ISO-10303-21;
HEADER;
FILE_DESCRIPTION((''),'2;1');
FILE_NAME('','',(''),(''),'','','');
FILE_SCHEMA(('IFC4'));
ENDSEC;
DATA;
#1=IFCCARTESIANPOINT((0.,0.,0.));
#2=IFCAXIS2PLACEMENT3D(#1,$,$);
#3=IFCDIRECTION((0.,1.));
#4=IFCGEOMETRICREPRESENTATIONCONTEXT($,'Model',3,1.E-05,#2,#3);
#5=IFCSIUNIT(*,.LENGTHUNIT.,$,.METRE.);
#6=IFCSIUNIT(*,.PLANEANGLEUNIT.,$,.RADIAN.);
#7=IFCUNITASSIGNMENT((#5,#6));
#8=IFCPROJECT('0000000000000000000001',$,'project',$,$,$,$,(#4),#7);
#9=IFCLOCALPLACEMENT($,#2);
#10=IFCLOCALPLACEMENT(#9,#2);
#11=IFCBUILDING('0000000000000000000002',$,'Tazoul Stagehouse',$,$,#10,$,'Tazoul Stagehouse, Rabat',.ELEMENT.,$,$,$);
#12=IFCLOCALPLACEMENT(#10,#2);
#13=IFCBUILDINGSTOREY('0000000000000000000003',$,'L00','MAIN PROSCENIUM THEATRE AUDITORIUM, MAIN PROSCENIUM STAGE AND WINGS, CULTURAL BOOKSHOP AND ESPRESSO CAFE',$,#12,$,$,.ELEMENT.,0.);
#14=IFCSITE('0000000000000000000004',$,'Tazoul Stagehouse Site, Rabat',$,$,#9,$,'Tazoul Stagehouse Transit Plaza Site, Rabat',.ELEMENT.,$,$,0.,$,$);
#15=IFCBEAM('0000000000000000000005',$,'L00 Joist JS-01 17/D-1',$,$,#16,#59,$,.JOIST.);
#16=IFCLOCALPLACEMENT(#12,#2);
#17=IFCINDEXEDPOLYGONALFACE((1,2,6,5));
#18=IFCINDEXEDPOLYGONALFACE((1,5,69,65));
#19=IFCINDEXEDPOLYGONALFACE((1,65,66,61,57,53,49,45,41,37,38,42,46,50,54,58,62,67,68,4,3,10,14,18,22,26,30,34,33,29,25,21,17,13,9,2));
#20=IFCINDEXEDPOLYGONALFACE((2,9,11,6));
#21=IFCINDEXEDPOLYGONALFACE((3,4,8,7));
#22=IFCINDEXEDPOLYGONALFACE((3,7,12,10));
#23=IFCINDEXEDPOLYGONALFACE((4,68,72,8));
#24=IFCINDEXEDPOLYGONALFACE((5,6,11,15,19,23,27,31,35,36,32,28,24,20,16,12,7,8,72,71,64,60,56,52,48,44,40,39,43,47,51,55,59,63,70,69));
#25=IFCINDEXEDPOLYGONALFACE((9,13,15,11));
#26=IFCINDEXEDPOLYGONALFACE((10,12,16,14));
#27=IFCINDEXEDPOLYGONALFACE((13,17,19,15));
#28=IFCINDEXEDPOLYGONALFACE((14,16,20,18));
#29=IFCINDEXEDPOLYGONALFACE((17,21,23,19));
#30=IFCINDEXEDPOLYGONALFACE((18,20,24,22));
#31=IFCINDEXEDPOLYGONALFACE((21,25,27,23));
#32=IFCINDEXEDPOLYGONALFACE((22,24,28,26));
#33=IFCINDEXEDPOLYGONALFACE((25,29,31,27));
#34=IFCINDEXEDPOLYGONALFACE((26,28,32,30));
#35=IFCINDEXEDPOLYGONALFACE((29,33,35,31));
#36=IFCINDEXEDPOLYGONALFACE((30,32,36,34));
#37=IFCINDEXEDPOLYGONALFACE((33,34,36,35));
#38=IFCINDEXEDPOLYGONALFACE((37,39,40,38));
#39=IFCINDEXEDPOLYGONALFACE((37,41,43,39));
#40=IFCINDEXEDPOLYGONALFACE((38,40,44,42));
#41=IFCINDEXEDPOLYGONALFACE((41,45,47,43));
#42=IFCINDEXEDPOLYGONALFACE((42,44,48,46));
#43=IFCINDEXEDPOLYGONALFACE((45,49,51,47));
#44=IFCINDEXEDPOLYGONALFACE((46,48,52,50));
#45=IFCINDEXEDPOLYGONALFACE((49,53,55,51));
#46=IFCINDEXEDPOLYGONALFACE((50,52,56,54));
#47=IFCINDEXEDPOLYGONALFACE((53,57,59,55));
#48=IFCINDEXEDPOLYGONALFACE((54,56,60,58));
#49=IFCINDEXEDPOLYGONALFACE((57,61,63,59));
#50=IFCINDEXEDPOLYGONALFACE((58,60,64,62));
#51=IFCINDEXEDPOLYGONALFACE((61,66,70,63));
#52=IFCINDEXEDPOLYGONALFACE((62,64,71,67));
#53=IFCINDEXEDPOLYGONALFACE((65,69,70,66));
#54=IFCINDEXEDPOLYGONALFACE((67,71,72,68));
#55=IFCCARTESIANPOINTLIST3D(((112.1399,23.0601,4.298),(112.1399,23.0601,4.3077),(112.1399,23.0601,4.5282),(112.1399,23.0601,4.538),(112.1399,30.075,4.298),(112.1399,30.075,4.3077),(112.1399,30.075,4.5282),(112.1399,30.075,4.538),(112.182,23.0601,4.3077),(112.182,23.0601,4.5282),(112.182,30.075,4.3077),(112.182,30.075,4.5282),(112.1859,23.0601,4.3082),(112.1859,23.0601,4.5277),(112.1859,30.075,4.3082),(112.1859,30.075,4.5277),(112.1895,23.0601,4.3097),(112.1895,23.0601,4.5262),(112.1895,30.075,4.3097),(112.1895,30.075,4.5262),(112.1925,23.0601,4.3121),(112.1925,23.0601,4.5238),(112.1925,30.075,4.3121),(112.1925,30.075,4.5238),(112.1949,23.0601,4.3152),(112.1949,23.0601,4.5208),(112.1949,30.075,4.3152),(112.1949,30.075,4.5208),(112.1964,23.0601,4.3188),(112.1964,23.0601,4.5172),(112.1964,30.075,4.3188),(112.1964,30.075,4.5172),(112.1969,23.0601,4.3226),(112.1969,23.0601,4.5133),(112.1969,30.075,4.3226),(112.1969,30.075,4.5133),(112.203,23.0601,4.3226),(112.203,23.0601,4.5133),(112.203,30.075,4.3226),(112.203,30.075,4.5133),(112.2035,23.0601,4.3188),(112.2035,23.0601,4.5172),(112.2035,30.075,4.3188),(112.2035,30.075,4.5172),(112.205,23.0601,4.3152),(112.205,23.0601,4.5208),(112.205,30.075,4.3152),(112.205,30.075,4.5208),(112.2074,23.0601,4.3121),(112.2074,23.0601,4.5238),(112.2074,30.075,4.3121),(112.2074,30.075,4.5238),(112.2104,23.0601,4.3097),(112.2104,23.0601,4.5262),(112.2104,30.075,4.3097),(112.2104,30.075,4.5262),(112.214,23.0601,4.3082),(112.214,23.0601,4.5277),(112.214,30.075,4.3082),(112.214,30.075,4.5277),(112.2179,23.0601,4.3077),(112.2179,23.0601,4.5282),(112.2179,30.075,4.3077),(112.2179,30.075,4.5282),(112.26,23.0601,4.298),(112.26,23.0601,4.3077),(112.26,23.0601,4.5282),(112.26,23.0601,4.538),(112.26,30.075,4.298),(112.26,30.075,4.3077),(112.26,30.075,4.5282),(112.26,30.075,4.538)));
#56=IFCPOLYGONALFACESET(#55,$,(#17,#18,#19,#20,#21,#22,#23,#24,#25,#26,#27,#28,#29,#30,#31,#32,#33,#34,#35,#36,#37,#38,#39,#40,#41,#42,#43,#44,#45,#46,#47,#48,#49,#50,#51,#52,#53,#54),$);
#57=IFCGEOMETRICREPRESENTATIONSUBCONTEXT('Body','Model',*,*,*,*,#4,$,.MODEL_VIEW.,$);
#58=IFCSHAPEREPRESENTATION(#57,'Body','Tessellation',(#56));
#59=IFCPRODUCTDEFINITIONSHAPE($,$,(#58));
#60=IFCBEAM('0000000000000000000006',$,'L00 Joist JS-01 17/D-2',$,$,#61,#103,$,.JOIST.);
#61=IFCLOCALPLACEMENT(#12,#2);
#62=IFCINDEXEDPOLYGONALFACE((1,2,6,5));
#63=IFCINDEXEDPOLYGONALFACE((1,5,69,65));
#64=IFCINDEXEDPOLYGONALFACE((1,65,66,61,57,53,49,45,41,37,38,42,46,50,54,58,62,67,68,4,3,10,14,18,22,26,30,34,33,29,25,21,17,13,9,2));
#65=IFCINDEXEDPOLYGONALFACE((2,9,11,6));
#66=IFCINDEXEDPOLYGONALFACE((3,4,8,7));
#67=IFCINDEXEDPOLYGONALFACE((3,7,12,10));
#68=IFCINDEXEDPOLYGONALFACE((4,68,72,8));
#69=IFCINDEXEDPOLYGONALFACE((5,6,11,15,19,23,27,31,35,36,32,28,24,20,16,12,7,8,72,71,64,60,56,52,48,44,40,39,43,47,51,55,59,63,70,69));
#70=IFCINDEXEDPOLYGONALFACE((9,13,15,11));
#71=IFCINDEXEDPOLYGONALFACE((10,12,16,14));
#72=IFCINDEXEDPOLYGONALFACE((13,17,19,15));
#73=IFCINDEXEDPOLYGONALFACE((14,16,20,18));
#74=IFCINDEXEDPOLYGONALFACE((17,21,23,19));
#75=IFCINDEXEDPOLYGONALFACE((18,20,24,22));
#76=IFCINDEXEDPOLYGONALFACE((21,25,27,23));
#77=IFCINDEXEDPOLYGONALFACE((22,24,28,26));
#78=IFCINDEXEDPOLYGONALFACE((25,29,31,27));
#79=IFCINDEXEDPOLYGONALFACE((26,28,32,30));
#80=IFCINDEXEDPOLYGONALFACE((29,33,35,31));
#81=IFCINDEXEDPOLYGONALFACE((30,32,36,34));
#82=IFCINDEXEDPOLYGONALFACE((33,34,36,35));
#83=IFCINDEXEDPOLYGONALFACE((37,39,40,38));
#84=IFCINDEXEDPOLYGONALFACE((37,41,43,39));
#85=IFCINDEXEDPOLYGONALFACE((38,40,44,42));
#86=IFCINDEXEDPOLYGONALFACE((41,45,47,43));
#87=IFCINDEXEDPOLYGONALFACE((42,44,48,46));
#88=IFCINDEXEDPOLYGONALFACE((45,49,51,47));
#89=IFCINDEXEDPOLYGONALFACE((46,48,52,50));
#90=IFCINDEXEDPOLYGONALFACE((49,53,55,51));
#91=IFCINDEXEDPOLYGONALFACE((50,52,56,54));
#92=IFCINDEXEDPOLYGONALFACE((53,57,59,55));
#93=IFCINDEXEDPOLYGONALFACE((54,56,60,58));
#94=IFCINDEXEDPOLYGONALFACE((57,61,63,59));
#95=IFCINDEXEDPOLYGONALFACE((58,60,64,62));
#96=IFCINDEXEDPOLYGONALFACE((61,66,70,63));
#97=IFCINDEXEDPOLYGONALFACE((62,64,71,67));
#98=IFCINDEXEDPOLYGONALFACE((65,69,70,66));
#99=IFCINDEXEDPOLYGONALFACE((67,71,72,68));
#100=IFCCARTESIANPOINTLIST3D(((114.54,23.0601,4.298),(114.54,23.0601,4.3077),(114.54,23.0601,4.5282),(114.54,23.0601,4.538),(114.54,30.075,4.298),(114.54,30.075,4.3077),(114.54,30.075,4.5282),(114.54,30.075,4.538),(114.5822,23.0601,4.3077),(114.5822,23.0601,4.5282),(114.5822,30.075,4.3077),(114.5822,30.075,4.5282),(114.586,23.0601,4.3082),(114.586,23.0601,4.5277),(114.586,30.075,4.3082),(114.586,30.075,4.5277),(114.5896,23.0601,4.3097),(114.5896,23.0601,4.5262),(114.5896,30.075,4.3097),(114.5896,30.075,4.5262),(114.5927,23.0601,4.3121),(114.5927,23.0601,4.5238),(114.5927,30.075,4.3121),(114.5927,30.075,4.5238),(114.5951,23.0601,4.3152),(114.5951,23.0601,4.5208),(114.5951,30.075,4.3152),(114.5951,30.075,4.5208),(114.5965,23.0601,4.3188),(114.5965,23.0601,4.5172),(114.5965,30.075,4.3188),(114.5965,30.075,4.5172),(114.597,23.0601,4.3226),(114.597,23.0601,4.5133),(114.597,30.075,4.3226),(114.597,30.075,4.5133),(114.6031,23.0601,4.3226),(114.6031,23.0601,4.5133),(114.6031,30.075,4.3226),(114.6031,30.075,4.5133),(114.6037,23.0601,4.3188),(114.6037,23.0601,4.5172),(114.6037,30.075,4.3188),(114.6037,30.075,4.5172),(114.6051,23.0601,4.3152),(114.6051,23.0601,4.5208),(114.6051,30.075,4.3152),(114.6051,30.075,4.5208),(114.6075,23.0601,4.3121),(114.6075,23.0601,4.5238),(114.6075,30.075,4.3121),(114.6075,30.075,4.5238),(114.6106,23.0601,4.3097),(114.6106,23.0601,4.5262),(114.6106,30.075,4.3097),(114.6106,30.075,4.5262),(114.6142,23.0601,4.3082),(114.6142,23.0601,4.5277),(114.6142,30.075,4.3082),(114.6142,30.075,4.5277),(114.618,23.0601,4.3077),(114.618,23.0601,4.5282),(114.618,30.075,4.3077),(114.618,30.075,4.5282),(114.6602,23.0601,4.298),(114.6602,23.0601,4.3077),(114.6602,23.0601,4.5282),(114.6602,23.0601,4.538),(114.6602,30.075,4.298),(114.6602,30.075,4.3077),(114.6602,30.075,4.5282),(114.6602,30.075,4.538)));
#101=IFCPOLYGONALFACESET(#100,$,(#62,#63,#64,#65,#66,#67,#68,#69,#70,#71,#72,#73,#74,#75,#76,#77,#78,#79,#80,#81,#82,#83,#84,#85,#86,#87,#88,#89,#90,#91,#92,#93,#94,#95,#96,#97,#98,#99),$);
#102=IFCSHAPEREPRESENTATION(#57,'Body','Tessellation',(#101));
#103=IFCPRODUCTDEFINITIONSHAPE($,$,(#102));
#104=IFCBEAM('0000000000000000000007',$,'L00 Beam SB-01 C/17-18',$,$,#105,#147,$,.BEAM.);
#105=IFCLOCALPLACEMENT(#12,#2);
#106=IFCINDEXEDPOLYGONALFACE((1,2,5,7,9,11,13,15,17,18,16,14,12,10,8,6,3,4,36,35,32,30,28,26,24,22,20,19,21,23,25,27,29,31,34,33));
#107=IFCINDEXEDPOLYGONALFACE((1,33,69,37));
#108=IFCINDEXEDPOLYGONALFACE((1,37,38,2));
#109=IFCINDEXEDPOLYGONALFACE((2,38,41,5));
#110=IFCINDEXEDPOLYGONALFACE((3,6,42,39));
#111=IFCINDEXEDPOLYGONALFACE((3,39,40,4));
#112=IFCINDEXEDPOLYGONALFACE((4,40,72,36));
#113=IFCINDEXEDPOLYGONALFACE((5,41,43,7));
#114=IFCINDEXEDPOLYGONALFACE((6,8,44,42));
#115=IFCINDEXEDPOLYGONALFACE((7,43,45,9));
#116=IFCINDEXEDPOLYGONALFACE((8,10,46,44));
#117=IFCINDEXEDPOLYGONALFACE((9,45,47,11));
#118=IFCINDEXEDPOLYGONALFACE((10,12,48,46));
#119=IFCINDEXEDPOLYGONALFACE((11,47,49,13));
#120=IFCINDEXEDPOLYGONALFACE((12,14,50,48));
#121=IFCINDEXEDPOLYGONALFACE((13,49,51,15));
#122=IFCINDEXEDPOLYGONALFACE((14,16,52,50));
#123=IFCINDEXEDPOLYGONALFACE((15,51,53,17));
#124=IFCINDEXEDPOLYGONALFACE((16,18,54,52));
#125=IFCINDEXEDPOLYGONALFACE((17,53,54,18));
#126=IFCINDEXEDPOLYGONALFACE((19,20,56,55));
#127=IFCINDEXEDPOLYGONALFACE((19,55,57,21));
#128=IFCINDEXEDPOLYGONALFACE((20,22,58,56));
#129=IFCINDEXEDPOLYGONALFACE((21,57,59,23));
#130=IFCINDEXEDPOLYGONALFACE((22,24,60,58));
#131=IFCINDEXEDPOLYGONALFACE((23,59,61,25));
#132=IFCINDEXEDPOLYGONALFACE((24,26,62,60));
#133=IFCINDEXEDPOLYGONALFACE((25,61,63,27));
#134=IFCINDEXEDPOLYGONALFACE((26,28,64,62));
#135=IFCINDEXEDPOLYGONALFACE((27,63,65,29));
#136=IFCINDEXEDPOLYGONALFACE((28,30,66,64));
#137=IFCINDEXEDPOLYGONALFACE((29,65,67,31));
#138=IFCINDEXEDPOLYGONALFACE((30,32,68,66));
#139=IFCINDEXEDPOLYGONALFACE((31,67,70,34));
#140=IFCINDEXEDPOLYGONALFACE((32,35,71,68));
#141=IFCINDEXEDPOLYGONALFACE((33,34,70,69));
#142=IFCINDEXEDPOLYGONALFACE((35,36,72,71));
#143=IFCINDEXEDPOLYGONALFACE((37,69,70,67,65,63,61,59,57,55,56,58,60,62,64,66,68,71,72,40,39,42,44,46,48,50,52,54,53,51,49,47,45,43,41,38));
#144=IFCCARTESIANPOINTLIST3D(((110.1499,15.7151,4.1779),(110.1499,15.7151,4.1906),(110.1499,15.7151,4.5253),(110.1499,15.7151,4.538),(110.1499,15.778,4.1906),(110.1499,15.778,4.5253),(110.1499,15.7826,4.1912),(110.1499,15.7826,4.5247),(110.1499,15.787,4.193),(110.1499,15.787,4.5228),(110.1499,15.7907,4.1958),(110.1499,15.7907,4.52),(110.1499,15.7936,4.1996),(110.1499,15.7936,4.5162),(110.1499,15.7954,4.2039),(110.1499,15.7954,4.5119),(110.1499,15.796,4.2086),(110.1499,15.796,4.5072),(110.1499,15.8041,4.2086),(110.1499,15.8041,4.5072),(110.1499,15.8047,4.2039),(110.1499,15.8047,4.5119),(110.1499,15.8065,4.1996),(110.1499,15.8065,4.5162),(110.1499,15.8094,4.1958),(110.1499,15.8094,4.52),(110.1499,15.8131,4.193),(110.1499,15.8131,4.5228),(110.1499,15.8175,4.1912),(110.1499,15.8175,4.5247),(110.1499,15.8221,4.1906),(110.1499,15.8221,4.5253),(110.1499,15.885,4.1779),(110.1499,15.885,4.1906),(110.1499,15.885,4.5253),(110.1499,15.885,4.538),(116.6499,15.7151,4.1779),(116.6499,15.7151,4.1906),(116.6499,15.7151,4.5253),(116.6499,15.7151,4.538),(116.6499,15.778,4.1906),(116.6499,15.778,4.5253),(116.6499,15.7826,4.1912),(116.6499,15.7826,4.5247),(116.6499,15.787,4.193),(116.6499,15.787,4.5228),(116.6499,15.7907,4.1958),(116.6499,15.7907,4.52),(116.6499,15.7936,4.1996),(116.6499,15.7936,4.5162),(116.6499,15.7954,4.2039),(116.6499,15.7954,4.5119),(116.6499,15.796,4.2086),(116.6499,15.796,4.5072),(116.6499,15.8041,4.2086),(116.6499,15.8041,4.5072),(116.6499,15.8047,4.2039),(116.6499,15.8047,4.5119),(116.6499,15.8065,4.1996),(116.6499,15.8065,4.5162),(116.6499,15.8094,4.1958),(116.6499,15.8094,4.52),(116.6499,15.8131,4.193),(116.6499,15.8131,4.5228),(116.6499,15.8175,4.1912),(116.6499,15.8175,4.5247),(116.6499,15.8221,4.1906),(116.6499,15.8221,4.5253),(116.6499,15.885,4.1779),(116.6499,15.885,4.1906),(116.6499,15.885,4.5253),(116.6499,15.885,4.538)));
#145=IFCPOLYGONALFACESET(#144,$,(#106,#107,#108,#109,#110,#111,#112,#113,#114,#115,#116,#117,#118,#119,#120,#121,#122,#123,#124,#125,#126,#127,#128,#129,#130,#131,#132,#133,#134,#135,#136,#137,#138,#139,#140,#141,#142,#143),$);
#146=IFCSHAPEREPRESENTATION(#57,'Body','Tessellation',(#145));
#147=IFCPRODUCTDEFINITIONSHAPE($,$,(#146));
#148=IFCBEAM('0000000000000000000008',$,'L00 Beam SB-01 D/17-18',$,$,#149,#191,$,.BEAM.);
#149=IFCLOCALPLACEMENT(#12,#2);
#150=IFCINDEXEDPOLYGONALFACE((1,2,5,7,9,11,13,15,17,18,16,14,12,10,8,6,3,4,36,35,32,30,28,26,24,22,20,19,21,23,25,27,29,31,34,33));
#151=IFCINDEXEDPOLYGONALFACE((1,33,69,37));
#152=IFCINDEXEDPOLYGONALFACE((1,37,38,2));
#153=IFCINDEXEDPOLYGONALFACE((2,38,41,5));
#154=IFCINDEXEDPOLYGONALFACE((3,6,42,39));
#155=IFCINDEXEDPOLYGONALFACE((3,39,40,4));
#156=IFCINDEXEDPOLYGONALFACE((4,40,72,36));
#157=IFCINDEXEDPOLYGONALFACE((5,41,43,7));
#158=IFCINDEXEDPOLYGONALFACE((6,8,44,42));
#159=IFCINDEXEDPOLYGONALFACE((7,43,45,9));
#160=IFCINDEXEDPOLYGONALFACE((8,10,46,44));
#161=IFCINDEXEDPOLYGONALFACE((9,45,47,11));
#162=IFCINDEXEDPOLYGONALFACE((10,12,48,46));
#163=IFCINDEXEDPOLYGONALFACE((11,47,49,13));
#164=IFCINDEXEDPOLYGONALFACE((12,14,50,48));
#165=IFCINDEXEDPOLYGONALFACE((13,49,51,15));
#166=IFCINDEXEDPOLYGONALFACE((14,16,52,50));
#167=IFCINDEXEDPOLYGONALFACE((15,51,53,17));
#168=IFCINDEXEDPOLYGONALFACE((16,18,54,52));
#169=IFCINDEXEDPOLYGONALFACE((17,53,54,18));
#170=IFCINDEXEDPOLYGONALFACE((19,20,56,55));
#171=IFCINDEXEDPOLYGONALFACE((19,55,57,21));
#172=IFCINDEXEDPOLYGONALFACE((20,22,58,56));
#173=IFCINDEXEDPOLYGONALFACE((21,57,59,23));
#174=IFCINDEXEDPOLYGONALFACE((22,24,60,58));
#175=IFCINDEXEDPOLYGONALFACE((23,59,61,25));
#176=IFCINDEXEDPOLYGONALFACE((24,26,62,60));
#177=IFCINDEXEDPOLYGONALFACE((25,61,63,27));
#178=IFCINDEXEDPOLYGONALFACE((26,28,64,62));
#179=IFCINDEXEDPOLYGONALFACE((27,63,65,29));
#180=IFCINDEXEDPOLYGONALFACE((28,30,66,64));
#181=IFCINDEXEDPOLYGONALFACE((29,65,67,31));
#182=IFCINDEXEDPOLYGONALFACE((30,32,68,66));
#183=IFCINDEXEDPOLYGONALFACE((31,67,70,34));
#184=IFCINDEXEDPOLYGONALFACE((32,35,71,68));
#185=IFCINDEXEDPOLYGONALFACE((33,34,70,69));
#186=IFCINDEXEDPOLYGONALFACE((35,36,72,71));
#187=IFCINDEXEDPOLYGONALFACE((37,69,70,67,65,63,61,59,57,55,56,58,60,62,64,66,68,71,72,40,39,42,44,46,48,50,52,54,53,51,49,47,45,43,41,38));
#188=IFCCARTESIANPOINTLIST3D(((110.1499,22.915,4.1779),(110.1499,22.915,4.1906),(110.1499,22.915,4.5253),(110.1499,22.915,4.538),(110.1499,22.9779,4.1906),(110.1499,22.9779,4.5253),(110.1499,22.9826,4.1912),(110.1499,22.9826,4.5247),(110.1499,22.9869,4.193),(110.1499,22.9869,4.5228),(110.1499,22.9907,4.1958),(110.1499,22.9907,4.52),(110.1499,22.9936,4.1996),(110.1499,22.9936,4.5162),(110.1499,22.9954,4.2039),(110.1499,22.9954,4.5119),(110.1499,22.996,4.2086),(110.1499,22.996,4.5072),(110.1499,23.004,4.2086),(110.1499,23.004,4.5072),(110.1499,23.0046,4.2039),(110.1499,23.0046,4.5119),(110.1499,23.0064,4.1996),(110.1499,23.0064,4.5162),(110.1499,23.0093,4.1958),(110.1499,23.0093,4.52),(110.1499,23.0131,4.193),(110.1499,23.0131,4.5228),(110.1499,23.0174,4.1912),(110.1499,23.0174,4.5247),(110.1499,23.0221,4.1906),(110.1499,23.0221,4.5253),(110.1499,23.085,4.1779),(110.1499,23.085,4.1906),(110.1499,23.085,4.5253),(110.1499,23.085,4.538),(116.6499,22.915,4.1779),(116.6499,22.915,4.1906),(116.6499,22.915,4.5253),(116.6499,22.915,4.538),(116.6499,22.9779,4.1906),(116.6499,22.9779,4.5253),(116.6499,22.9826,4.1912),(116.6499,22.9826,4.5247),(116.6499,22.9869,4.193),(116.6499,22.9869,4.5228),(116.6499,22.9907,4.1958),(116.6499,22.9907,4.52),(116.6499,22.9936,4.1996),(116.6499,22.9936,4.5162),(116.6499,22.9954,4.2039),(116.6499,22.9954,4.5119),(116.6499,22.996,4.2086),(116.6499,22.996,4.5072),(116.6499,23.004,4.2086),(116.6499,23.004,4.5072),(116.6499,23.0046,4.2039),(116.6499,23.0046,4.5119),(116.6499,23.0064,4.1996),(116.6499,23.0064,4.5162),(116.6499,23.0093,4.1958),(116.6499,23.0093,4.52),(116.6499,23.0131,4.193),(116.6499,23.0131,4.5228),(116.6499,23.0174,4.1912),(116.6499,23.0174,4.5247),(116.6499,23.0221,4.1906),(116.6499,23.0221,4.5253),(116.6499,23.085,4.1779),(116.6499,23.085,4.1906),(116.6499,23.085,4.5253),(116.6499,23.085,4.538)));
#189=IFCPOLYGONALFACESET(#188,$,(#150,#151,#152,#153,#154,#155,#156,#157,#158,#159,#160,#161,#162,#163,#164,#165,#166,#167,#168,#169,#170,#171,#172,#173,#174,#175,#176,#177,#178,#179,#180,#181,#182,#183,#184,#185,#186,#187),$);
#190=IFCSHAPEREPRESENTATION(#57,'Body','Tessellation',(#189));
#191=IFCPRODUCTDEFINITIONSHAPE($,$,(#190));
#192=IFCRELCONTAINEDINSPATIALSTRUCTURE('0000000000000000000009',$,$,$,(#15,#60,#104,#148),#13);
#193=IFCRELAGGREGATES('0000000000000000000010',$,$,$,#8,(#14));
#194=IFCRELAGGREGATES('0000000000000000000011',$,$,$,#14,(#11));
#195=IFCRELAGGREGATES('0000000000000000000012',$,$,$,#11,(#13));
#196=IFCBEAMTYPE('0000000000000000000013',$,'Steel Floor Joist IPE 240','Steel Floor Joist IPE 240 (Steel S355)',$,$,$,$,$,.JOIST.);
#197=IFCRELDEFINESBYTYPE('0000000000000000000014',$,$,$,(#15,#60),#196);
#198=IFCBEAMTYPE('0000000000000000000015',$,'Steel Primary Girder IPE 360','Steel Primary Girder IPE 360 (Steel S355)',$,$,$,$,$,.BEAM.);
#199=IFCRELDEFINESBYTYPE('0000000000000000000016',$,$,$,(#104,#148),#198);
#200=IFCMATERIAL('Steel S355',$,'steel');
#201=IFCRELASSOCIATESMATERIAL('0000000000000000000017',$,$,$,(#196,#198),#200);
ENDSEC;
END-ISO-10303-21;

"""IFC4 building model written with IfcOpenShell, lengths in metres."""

from ifc_helpers import new_model, si_unit, direction, frame, origin, origin_2d, place, context, subcontext, project, spatial, i_section, extrude, material, material_profile, profile_set, type_object, element, save


model = new_model("IFC4")

# Units and contexts
model_context = context("Model", 3, precision=1e-05, world=origin(), true_north=direction((0.0, 1.0)))
body_context = subcontext(model_context, "Body", "Model", "MODEL_VIEW")
ifc_project = project(units=[si_unit("LENGTHUNIT", "METRE"), si_unit("PLANEANGLEUNIT", "RADIAN")], contexts=[model_context])

# Site, building, storey
site_placement = place(None, origin())
site = spatial("IfcSite", under=ifc_project, at=site_placement, Name="Tazoul Stagehouse Site, Rabat", LongName="Tazoul Stagehouse Transit Plaza Site, Rabat", CompositionType="ELEMENT", RefElevation=0.0)
building_placement = place(site_placement, origin())
building = spatial("IfcBuilding", under=site, at=building_placement, Name="Tazoul Stagehouse", LongName="Tazoul Stagehouse, Rabat", CompositionType="ELEMENT")
storey_placement = place(building_placement, origin())
storey = spatial("IfcBuildingStorey", under=building, at=storey_placement, Name="L00", Description="MAIN PROSCENIUM THEATRE AUDITORIUM, MAIN PROSCENIUM STAGE AND WINGS, CULTURAL BOOKSHOP AND ESPRESSO CAFE", CompositionType="ELEMENT", Elevation=0.0)

# Beams
ifc_material_1 = material(Name="Steel S355", Category="steel")
ifc_material_profile_1 = material_profile(ifc_material_1, i_section(OverallWidth=0.1201, OverallDepth=0.24, WebThickness=0.0061, FlangeThickness=0.0098, FilletRadius=0.0149, at=origin_2d()), Name="IPE 240")
ifc_profile_set_1 = profile_set([ifc_material_profile_1], Name="Steel S355")
beam_type_1 = type_object("IfcBeamType", Name="Steel Floor Joist IPE 240", Description="Steel Floor Joist IPE 240 (Steel S355)", PredefinedType="JOIST", material=ifc_profile_set_1)
for number, where, z_axis, x_axis, name in (
    (1, (112.2, 23.0601, 4.418), (0.0, 1.0, 0.0), (-1.0, 0.0, 0.0), "L00 Joist JS-01 17/D-1"),
    (2, (114.6001, 23.0601, 4.418), (0.0, 1.0, 0.0), (-1.0, 0.0, 0.0), "L00 Joist JS-01 17/D-2"),
):
    element("IfcBeam", number, at=place(storey_placement, frame(where, z_axis=z_axis, x_axis=x_axis)), inside=storey, type_object=beam_type_1, Name=name, PredefinedType="JOIST", context=body_context, shape_type="SweptSolid", body=[
        extrude(i_section(OverallWidth=0.1201, OverallDepth=0.24, WebThickness=0.0061, FlangeThickness=0.0098, FilletRadius=0.0149, at=origin_2d()), origin(), (0.0, 0.0, 1.0), 7.0149),
    ])
ifc_material_profile_2 = material_profile(ifc_material_1, i_section(OverallWidth=0.1699, OverallDepth=0.3601, WebThickness=0.0081, FlangeThickness=0.0127, FilletRadius=0.0181, at=origin_2d()), Name="IPE 360")
ifc_profile_set_2 = profile_set([ifc_material_profile_2], Name="Steel S355")
beam_type_2 = type_object("IfcBeamType", Name="Steel Primary Girder IPE 360", Description="Steel Primary Girder IPE 360 (Steel S355)", PredefinedType="BEAM", material=ifc_profile_set_2)
for number, where, z_axis, x_axis, name in (
    (3, (110.1499, 15.8, 4.3579), (1.0, 0.0, 0.0), (0.0, 1.0, 0.0), "L00 Beam SB-01 C/17-18"),
    (4, (110.1499, 23.0, 4.3579), (1.0, 0.0, 0.0), (0.0, 1.0, 0.0), "L00 Beam SB-01 D/17-18"),
):
    element("IfcBeam", number, at=place(storey_placement, frame(where, z_axis=z_axis, x_axis=x_axis)), inside=storey, type_object=beam_type_2, Name=name, PredefinedType="BEAM", context=body_context, shape_type="SweptSolid", body=[
        extrude(i_section(OverallWidth=0.1699, OverallDepth=0.3601, WebThickness=0.0081, FlangeThickness=0.0127, FilletRadius=0.0181, at=origin_2d()), origin(), (0.0, 0.0, 1.0), 6.5),
    ])

save(model, "model.ifc")
